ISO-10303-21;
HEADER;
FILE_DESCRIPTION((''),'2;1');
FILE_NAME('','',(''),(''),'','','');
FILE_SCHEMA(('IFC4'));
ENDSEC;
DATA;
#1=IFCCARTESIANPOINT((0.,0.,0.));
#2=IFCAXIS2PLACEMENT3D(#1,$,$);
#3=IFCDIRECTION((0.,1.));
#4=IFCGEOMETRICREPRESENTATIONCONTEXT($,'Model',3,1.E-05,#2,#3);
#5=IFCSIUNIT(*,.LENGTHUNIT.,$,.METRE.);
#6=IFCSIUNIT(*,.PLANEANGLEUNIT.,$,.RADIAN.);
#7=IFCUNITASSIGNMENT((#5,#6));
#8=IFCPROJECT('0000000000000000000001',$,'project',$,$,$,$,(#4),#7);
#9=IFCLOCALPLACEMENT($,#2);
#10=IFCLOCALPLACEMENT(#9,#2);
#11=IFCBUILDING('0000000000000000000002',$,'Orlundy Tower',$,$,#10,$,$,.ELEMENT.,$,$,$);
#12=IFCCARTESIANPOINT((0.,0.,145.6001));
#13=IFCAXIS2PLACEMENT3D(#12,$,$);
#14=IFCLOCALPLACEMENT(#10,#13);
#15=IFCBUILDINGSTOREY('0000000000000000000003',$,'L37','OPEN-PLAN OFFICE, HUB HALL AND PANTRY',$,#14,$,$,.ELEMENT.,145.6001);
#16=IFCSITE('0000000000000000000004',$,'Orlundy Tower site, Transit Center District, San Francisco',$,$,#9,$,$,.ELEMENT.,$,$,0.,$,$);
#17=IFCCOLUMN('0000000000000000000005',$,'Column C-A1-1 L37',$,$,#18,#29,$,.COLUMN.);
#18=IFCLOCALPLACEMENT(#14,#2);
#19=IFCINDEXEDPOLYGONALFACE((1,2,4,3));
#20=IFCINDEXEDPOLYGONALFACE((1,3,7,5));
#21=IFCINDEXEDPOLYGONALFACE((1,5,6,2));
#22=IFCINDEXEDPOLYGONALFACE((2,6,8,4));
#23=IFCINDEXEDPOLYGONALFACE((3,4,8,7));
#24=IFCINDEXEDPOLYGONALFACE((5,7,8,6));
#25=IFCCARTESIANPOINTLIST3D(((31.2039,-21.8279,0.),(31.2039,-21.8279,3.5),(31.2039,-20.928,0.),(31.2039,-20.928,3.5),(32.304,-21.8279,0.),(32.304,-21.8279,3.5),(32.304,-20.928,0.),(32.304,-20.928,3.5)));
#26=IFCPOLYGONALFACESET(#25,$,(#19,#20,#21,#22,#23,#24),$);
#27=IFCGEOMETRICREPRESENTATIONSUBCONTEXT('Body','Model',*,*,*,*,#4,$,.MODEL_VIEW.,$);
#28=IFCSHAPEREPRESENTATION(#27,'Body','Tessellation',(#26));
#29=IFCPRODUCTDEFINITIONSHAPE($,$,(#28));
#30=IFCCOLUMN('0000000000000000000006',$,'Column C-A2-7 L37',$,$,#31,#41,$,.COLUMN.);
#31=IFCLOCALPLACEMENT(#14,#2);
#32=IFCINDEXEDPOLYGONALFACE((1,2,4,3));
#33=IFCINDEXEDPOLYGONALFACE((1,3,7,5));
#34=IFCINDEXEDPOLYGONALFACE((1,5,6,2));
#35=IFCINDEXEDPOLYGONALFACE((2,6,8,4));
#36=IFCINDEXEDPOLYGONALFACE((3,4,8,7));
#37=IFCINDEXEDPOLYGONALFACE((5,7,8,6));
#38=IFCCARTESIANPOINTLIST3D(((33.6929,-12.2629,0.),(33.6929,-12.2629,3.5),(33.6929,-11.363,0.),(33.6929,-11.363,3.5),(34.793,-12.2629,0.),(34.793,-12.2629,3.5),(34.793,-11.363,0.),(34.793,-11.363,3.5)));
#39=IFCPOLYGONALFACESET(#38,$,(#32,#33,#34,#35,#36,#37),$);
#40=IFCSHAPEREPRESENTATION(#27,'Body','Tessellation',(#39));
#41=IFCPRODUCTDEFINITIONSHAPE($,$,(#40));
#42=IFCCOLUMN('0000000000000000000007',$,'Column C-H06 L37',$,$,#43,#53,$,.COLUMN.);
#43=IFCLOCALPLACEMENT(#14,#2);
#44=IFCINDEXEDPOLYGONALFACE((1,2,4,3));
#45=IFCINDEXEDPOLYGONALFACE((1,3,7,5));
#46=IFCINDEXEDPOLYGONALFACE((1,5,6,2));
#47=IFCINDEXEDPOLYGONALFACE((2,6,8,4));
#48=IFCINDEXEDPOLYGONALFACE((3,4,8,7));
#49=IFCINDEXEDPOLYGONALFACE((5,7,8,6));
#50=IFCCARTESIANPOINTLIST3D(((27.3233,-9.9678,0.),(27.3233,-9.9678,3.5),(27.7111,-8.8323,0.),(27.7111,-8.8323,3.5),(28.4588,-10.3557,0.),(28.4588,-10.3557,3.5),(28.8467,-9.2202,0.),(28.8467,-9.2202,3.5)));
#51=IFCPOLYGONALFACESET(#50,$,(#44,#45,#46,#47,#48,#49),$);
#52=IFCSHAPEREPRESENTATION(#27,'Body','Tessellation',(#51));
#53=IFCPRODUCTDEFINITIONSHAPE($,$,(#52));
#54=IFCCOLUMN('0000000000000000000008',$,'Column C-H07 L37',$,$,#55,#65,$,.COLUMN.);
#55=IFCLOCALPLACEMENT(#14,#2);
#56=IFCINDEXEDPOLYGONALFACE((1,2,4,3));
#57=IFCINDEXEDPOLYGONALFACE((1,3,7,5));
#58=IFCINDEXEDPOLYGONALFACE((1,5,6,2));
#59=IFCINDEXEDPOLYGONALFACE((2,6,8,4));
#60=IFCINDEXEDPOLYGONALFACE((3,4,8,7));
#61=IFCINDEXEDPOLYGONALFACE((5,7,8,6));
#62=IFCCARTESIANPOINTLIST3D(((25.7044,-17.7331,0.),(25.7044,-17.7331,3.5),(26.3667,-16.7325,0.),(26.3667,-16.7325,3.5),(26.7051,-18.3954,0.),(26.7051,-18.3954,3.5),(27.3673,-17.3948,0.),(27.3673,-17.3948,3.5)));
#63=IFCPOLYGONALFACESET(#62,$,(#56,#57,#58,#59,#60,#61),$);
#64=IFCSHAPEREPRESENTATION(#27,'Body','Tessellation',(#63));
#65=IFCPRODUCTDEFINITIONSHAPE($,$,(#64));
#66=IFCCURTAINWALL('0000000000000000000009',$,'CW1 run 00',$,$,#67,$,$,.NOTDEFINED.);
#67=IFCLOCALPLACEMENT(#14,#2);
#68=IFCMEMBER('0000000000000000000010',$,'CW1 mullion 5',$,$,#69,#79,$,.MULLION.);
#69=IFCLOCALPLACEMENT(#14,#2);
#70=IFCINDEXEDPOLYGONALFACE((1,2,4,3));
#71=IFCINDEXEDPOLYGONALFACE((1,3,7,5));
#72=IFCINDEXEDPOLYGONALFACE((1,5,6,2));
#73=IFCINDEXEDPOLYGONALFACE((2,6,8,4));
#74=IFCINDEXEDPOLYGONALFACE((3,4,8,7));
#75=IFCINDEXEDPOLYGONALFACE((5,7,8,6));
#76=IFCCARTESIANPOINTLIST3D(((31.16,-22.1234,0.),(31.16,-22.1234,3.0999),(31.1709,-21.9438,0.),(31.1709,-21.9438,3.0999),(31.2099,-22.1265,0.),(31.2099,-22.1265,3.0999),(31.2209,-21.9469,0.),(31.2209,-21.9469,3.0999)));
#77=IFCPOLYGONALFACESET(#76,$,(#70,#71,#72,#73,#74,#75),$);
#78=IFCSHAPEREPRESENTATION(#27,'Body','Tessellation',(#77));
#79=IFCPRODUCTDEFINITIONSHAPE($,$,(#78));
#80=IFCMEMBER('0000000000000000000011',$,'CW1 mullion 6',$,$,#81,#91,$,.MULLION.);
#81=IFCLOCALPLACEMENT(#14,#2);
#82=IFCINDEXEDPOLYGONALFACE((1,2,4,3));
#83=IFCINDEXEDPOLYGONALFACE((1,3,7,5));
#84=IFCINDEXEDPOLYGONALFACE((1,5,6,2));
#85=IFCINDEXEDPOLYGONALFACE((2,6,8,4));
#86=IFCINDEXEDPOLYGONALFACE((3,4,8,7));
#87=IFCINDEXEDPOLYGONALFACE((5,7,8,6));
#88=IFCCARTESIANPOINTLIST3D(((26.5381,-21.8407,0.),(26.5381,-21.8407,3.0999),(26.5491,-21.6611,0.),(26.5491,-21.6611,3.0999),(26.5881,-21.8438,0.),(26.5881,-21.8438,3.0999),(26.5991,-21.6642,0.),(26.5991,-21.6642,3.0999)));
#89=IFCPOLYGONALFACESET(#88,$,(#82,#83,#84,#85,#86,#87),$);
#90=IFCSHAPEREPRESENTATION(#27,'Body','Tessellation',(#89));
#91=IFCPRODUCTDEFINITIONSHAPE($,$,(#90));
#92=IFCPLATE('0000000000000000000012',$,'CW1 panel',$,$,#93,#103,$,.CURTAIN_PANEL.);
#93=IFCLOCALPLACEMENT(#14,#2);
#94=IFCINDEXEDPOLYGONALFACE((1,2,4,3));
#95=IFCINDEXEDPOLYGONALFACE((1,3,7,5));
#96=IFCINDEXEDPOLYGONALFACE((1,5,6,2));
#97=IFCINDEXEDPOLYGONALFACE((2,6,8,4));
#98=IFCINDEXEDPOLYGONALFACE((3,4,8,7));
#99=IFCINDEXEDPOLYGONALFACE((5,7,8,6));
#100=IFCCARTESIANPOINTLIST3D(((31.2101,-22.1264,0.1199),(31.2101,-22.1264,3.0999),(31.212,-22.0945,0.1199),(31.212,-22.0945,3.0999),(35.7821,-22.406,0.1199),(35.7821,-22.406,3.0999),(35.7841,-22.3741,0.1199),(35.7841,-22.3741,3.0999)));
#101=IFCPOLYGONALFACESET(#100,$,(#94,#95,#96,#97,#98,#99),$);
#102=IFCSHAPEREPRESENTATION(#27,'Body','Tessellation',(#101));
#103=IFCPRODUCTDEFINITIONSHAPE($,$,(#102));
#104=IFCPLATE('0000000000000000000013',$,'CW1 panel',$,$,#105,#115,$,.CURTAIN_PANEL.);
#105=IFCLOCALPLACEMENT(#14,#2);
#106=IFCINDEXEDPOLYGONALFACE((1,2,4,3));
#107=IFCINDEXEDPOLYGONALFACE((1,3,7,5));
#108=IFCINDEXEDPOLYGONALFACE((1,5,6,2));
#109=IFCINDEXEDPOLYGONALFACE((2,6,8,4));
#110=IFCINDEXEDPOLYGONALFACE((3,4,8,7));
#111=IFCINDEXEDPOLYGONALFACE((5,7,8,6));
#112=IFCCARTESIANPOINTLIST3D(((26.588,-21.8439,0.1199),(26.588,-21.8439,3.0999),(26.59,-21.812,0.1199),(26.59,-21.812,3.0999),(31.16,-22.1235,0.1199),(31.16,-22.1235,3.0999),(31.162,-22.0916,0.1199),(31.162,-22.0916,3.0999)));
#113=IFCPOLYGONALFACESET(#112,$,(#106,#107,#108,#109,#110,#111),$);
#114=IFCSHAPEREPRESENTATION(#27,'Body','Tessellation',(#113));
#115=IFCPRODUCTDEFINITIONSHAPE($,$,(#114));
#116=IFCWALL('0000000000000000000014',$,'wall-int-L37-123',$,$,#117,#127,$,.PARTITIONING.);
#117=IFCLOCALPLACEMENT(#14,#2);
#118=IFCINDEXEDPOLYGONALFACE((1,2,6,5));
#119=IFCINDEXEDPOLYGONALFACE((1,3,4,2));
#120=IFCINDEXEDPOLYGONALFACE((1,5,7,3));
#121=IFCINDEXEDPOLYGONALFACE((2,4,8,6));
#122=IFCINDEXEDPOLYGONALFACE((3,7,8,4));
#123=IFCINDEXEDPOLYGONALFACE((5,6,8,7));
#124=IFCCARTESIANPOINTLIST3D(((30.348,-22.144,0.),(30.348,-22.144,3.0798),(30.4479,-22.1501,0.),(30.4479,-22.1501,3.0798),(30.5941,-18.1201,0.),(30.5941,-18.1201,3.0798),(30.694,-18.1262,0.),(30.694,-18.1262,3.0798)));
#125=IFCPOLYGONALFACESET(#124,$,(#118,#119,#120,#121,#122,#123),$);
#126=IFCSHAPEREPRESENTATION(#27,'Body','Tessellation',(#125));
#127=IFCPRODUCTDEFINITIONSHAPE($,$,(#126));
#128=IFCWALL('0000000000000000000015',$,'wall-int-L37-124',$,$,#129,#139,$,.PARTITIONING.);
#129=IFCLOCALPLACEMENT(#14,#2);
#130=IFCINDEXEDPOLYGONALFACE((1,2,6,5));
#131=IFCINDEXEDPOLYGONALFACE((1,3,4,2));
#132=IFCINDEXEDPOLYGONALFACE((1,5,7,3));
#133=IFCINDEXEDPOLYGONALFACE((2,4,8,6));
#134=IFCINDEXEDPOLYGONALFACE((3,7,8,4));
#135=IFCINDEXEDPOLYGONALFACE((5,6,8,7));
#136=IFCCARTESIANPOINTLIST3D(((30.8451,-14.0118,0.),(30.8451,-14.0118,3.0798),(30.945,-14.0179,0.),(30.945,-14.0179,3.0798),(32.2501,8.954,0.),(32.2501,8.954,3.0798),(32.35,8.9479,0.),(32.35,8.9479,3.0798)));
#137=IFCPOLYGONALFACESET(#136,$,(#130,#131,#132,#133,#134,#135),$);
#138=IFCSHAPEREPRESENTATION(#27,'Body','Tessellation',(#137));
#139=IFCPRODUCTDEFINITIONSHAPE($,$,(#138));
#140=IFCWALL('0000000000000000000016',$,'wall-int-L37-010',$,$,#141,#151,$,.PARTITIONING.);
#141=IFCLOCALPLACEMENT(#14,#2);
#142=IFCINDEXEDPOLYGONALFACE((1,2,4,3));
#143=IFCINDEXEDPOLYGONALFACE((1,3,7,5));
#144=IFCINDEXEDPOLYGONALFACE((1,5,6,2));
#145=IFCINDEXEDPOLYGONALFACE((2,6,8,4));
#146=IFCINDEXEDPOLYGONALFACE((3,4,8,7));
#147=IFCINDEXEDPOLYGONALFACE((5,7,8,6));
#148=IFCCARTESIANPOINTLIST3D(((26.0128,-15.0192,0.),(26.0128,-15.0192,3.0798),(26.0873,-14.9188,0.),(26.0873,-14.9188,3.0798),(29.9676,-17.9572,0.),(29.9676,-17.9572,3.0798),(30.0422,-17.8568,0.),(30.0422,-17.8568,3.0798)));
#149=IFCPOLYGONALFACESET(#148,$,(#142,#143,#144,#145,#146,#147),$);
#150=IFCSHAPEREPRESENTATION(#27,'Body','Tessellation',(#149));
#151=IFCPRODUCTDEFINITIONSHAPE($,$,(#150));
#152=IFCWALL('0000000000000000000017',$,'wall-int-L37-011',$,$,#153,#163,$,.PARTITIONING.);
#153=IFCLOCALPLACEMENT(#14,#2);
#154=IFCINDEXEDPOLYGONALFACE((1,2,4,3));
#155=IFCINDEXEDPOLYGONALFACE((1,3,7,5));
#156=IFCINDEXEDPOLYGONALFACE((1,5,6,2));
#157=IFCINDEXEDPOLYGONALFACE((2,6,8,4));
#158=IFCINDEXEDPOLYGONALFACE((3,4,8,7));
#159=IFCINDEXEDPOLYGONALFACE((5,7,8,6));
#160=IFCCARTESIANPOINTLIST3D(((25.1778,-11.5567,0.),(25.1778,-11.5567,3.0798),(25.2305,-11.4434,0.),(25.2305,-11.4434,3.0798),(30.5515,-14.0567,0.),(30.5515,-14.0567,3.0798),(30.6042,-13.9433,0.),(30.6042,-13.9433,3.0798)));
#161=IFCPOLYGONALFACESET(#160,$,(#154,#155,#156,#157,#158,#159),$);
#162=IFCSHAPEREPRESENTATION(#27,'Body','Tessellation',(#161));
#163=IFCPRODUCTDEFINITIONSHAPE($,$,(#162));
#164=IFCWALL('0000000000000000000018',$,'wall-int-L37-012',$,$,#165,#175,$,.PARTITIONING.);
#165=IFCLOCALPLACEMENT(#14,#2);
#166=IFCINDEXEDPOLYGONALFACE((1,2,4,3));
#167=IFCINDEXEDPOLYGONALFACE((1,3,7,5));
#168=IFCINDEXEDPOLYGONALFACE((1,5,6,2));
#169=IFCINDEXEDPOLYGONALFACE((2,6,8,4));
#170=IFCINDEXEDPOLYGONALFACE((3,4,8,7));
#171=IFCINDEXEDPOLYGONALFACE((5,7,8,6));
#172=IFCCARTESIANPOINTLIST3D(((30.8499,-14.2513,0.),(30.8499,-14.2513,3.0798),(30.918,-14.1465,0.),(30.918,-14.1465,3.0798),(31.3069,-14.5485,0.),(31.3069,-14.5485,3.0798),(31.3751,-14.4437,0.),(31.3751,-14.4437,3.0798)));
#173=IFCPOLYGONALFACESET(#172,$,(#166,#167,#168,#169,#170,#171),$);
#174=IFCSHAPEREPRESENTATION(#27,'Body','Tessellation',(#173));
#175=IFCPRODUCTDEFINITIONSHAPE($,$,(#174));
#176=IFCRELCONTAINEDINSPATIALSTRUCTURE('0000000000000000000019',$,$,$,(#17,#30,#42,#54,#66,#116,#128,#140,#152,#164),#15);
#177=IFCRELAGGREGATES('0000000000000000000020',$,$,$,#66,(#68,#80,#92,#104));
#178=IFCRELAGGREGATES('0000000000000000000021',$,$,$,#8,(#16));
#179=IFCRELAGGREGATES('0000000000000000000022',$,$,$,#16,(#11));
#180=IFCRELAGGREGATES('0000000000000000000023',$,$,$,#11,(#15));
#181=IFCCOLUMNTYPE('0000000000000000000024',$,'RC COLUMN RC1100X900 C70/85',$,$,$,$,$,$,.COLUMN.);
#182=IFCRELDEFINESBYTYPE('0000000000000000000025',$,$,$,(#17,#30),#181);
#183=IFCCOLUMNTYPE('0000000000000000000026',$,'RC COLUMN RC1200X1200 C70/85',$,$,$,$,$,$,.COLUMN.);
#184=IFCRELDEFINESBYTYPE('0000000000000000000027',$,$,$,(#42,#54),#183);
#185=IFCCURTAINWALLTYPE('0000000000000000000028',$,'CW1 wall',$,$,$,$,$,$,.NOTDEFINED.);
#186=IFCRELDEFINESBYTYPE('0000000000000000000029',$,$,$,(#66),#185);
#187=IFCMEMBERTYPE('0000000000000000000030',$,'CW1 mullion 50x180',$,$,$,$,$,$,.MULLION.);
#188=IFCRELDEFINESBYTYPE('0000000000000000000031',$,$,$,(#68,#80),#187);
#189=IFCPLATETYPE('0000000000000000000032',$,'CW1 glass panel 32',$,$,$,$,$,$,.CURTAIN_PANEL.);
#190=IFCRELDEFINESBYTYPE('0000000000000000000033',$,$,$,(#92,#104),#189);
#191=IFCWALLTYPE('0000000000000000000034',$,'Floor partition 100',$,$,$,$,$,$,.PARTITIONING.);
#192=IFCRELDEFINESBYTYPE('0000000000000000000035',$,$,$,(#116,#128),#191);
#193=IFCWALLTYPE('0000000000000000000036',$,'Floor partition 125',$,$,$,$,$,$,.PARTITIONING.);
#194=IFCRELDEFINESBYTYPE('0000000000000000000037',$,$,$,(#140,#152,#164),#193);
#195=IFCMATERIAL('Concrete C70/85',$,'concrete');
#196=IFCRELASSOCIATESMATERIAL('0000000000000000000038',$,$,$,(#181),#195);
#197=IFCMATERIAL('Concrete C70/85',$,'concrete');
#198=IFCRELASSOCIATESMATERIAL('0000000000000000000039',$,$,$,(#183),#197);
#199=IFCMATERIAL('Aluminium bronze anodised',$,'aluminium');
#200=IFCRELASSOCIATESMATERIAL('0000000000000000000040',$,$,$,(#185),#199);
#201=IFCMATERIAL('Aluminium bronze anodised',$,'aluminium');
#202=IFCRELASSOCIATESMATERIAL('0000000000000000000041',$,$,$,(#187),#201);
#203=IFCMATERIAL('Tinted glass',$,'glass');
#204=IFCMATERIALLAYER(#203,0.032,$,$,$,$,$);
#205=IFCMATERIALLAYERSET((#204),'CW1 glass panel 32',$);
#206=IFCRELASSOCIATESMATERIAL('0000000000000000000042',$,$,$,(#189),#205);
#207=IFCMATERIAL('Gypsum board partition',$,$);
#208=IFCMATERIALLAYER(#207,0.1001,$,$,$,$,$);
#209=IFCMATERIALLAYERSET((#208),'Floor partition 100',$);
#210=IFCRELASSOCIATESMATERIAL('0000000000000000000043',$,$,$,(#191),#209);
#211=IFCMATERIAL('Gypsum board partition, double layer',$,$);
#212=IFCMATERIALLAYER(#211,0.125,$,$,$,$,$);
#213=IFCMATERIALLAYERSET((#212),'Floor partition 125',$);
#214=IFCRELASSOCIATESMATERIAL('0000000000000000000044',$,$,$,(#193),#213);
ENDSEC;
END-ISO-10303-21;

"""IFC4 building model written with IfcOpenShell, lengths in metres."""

from ifc_helpers import new_model, si_unit, direction, frame, frame_2d, origin, origin_2d, place, context, subcontext, project, spatial, rectangle, extrude, material, layer, layer_set, material_profile, profile_set, type_object, element, aggregate, save


model = new_model("IFC4")

# Units and contexts
model_context = context("Model", 3, precision=1e-05, world=origin(), true_north=direction((0.0, 1.0)))
body_context = subcontext(model_context, "Body", "Model", "MODEL_VIEW")
ifc_project = project(units=[si_unit("LENGTHUNIT", "METRE"), si_unit("PLANEANGLEUNIT", "RADIAN")], contexts=[model_context])

# Site, building, storey
site_placement = place(None, origin())
site = spatial("IfcSite", under=ifc_project, at=site_placement, Name="Orlundy Tower site, Transit Center District, San Francisco", CompositionType="ELEMENT", RefElevation=0.0)
building_placement = place(site_placement, origin())
building = spatial("IfcBuilding", under=site, at=building_placement, Name="Orlundy Tower", CompositionType="ELEMENT")
storey_placement = place(building_placement, frame((0.0, 0.0, 145.6001)))
storey = spatial("IfcBuildingStorey", under=building, at=storey_placement, Name="L37", Description="OPEN-PLAN OFFICE, HUB HALL AND PANTRY", CompositionType="ELEMENT", Elevation=145.6001)

# Columns
ifc_material_1 = material(Name="Concrete C70/85", Category="concrete")
ifc_material_profile_1 = material_profile(ifc_material_1, rectangle(XDim=1.1001, YDim=0.8999, at=origin_2d()), Name="RC1100X900")
ifc_profile_set_1 = profile_set([ifc_material_profile_1], Name="Concrete C70/85")
column_type_1 = type_object("IfcColumnType", Name="RC COLUMN RC1100X900 C70/85", PredefinedType="COLUMN", material=ifc_profile_set_1)
for number, where, z_axis, x_axis, name in (
    (1, (31.7539, -21.3779, 0.0), (0.0, 0.0, 1.0), (1.0, 0.0, 0.0), "Column C-A1-1 L37"),
    (2, (34.2429, -11.813, 0.0), (0.0, 0.0, 1.0), (1.0, 0.0, 0.0), "Column C-A2-7 L37"),
):
    element("IfcColumn", number, at=place(storey_placement, frame(where, z_axis=z_axis, x_axis=x_axis)), inside=storey, type_object=column_type_1, Name=name, PredefinedType="COLUMN", context=body_context, shape_type="SweptSolid", body=[
        extrude(rectangle(XDim=1.1001, YDim=0.8999, at=origin_2d()), origin(), (0.0, 0.0, 1.0), 3.5),
    ])
ifc_material_2 = material(Name="Concrete C70/85", Category="concrete")
ifc_material_profile_2 = material_profile(ifc_material_2, rectangle(XDim=1.2, YDim=1.2, at=origin_2d()), Name="RC1200X1200")
ifc_profile_set_2 = profile_set([ifc_material_profile_2], Name="Concrete C70/85")
column_type_2 = type_object("IfcColumnType", Name="RC COLUMN RC1200X1200 C70/85", PredefinedType="COLUMN", material=ifc_profile_set_2)
for number, where, z_axis, x_axis, name in (
    (3, (28.085, -9.594, 0.0), (0.0, 0.0, 1.0), (0.946311, -0.323257, 0.0), "Column C-H06 L37"),
    (4, (26.5359, -17.564, 0.0), (0.0, 0.0, 1.0), (0.833886, -0.551937, 0.0), "Column C-H07 L37"),
):
    element("IfcColumn", number, at=place(storey_placement, frame(where, z_axis=z_axis, x_axis=x_axis)), inside=storey, type_object=column_type_2, Name=name, PredefinedType="COLUMN", context=body_context, shape_type="SweptSolid", body=[
        extrude(rectangle(XDim=1.2, YDim=1.2, at=origin_2d()), origin(), (0.0, 0.0, 1.0), 3.5),
    ])

# Curtain wall, members, plates
ifc_material_3 = material(Name="Aluminium bronze anodised", Category="aluminium")
curtain_wall_type = type_object("IfcCurtainWallType", Name="CW1 wall", PredefinedType="NOTDEFINED", material=ifc_material_3)
curtain_wall_placement = place(storey_placement, origin())
curtain_wall = element("IfcCurtainWall", 5, at=curtain_wall_placement, inside=storey, type_object=curtain_wall_type, Name="CW1 run 00", PredefinedType="NOTDEFINED")
ifc_material_4 = material(Name="Aluminium bronze anodised", Category="aluminium")
ifc_material_profile_3 = material_profile(ifc_material_4, rectangle(XDim=0.1799, YDim=0.05, at=origin_2d()), Name="CW1 mullion 50x180")
ifc_profile_set_3 = profile_set([ifc_material_profile_3], Name="Aluminium bronze anodised")
member_type = type_object("IfcMemberType", Name="CW1 mullion 50x180", PredefinedType="MULLION", material=ifc_profile_set_3)
member_1_placement = place(storey_placement, frame((31.1904, -22.0352, 0.0), z_axis=(0.0, 0.0, 1.0), x_axis=(-0.061043, -0.998135, 0.0)))
member_1 = element("IfcMember", 6, at=member_1_placement, type_object=member_type, Name="CW1 mullion 5", PredefinedType="MULLION", context=body_context, shape_type="SweptSolid", body=[
    extrude(rectangle(XDim=0.1799, YDim=0.05, at=origin_2d()), origin(), (0.0, 0.0, 1.0), 3.0999),
])
member_2_placement = place(storey_placement, frame((26.5686, -21.7524, 0.0), z_axis=(0.0, 0.0, 1.0), x_axis=(-0.061043, -0.998135, 0.0)))
member_2 = element("IfcMember", 7, at=member_2_placement, type_object=member_type, Name="CW1 mullion 6", PredefinedType="MULLION", context=body_context, shape_type="SweptSolid", body=[
    extrude(rectangle(XDim=0.1799, YDim=0.05, at=origin_2d()), origin(), (0.0, 0.0, 1.0), 3.0999),
])
ifc_material_5 = material(Name="Tinted glass", Category="glass")
ifc_layer_1 = layer(ifc_material_5, 0.032)
ifc_layer_set_1 = layer_set([ifc_layer_1], Name="CW1 glass panel 32")
plate_type = type_object("IfcPlateType", Name="CW1 glass panel 32", PredefinedType="CURTAIN_PANEL", material=ifc_layer_set_1)
plate_1_placement = place(storey_placement, frame((33.4971, -22.2502, 0.1199), z_axis=(0.0, 0.0, 1.0), x_axis=(-0.998135, 0.061043, 0.0)))
plate_1 = element("IfcPlate", 8, at=plate_1_placement, type_object=plate_type, Name="CW1 panel", PredefinedType="CURTAIN_PANEL", context=body_context, shape_type="SweptSolid", body=[
    extrude(rectangle(XDim=4.5806, YDim=0.032, at=origin_2d()), origin(), (0.0, 0.0, 1.0), 2.98),
])
plate_2_placement = place(storey_placement, frame((28.875, -21.9678, 0.1199), z_axis=(0.0, 0.0, 1.0), x_axis=(-0.998135, 0.061043, 0.0)))
plate_2 = element("IfcPlate", 9, at=plate_2_placement, type_object=plate_type, Name="CW1 panel", PredefinedType="CURTAIN_PANEL", context=body_context, shape_type="SweptSolid", body=[
    extrude(rectangle(XDim=4.5806, YDim=0.032, at=origin_2d()), origin(), (0.0, 0.0, 1.0), 2.98),
])
aggregate(curtain_wall, [member_1, member_2, plate_1, plate_2])

# Walls
ifc_material_6 = material(Name="Gypsum board partition")
ifc_layer_2 = layer(ifc_material_6, 0.1001)
ifc_layer_set_2 = layer_set([ifc_layer_2], Name="Floor partition 100")
wall_type_1 = type_object("IfcWallType", Name="Floor partition 100", PredefinedType="PARTITIONING", material=ifc_layer_set_2)
wall_1_placement = place(storey_placement, frame((30.3979, -22.147, 0.0), z_axis=(0.0, 0.0, 1.0), x_axis=(0.061044, 0.998135, 0.0)))
element("IfcWall", 10, at=wall_1_placement, inside=storey, type_object=wall_type_1, Name="wall-int-L37-123", PredefinedType="PARTITIONING", context=body_context, shape_type="SweptSolid", body=[
    extrude(rectangle(XDim=4.0315, YDim=0.1001, at=frame_2d((2.0156, 0.0))), origin(), (0.0, 0.0, 1.0), 3.0798),
])
wall_2_placement = place(storey_placement, frame((30.895, -14.0149, 0.0), z_axis=(0.0, 0.0, 1.0), x_axis=(0.061065, 0.998134, 0.0)))
element("IfcWall", 11, at=wall_2_placement, inside=storey, type_object=wall_type_1, Name="wall-int-L37-124", PredefinedType="PARTITIONING", context=body_context, shape_type="SweptSolid", body=[
    extrude(rectangle(XDim=23.0088, YDim=0.1001, at=frame_2d((11.5044, 0.0))), origin(), (0.0, 0.0, 1.0), 3.0798),
])
ifc_material_7 = material(Name="Gypsum board partition, double layer")
ifc_layer_3 = layer(ifc_material_7, 0.125)
ifc_layer_set_3 = layer_set([ifc_layer_3], Name="Floor partition 125")
wall_type_2 = type_object("IfcWallType", Name="Floor partition 125", PredefinedType="PARTITIONING", material=ifc_layer_set_3)
wall_3_placement = place(storey_placement, frame((26.05, -14.969, 0.0), z_axis=(0.0, 0.0, 1.0), x_axis=(0.802733, -0.596339, 0.0)))
element("IfcWall", 12, at=wall_3_placement, inside=storey, type_object=wall_type_2, Name="wall-int-L37-010", PredefinedType="PARTITIONING", context=body_context, shape_type="SweptSolid", body=[
    extrude(rectangle(XDim=4.9268, YDim=0.125, at=frame_2d((2.4634, 0.0))), origin(), (0.0, 0.0, 1.0), 3.0798),
])
wall_4_placement = place(storey_placement, frame((30.5779, -14.0, 0.0), z_axis=(0.0, 0.0, 1.0), x_axis=(-0.906684, 0.42181, 0.0)))
element("IfcWall", 13, at=wall_4_placement, inside=storey, type_object=wall_type_2, Name="wall-int-L37-011", PredefinedType="PARTITIONING", context=body_context, shape_type="SweptSolid", body=[
    extrude(rectangle(XDim=5.9268, YDim=0.125, at=frame_2d((2.9634, 0.0))), origin(), (0.0, 0.0, 1.0), 3.0798),
])
wall_5_placement = place(storey_placement, frame((30.884, -14.199, 0.0), z_axis=(0.0, 0.0, 1.0), x_axis=(0.838403, -0.545051, 0.0)))
element("IfcWall", 14, at=wall_5_placement, inside=storey, type_object=wall_type_2, Name="wall-int-L37-012", PredefinedType="PARTITIONING", context=body_context, shape_type="SweptSolid", body=[
    extrude(rectangle(XDim=0.5452, YDim=0.125, at=frame_2d((0.2725, 0.0))), origin(), (0.0, 0.0, 1.0), 3.0798),
])

save(model, "model.ifc")
